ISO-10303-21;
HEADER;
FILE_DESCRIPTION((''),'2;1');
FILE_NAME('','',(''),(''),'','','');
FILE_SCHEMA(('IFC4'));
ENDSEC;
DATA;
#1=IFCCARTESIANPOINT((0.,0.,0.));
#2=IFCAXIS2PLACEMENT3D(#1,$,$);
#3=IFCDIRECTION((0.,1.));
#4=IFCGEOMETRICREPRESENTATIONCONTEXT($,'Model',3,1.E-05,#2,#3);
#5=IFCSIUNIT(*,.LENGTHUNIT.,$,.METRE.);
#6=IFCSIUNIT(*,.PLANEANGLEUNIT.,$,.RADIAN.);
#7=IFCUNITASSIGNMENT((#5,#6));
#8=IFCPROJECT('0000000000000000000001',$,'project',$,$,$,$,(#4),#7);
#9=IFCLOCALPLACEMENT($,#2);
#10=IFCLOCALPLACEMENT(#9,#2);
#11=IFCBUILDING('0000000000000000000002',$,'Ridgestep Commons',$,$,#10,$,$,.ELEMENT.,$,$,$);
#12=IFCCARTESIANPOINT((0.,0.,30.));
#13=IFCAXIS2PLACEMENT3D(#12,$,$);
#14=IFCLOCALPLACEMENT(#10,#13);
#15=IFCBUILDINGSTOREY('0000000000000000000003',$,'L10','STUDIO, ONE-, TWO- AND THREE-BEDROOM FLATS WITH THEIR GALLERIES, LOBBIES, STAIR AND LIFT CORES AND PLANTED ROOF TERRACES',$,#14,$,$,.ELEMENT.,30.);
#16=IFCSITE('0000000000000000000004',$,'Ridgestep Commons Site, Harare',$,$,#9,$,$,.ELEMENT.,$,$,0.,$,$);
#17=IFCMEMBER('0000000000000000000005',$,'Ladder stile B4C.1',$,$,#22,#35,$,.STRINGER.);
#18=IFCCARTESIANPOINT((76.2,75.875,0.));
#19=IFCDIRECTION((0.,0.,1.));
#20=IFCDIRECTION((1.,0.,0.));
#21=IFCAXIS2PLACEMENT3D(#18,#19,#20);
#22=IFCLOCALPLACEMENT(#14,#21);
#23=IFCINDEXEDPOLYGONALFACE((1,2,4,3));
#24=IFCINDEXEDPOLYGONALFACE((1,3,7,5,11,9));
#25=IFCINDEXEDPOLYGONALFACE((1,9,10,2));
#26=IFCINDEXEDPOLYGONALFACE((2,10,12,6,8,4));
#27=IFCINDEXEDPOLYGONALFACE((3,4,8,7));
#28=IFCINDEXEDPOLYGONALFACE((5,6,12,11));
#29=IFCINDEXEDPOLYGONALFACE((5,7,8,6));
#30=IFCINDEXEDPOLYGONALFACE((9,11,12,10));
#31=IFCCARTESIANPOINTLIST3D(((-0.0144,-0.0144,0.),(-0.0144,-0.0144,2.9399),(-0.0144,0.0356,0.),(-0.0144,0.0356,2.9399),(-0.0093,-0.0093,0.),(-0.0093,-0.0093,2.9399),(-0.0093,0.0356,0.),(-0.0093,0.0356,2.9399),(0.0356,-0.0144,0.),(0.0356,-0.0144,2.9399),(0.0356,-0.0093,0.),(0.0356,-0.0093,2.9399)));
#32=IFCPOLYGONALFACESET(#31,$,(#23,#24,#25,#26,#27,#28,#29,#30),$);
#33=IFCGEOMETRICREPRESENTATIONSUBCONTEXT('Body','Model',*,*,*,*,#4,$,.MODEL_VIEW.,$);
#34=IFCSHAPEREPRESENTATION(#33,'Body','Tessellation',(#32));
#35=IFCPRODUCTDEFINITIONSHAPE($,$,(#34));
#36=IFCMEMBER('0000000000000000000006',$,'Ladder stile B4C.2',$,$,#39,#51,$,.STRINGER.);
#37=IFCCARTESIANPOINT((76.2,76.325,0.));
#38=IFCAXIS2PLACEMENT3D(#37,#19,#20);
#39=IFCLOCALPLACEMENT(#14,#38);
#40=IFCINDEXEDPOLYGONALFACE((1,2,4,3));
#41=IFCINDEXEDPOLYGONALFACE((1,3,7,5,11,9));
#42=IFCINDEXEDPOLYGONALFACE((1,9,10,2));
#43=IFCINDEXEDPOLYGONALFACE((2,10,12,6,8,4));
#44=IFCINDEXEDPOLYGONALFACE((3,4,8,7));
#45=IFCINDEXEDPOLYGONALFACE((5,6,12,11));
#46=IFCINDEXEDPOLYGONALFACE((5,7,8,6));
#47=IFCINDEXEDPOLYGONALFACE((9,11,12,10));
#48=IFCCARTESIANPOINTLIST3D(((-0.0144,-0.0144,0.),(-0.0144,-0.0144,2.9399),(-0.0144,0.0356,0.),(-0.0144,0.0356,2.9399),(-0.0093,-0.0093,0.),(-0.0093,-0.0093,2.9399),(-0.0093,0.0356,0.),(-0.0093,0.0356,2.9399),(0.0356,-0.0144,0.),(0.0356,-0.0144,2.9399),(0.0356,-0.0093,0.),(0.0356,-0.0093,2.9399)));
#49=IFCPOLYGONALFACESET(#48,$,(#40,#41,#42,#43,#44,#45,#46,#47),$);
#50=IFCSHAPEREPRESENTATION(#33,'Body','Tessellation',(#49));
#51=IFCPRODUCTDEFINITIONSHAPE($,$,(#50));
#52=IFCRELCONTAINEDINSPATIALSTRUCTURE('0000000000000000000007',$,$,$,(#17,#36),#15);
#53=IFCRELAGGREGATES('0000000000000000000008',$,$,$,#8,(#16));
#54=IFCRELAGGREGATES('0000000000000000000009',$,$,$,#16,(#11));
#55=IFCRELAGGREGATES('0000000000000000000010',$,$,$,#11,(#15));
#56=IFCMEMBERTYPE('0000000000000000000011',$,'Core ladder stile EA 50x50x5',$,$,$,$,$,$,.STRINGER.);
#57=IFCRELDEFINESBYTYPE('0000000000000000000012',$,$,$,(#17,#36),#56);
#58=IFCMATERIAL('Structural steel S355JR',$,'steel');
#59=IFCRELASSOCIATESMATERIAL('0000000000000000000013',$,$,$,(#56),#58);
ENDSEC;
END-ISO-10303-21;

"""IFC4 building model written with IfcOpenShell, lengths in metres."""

from ifc_helpers import new_model, si_unit, direction, frame, origin, place, context, subcontext, project, spatial, polyline, outline, extrude, material, material_profile, profile_set, type_object, element, save


model = new_model("IFC4")

# Units and contexts
model_context = context("Model", 3, precision=1e-05, world=origin(), true_north=direction((0.0, 1.0)))
body_context = subcontext(model_context, "Body", "Model", "MODEL_VIEW")
ifc_project = project(units=[si_unit("LENGTHUNIT", "METRE"), si_unit("PLANEANGLEUNIT", "RADIAN")], contexts=[model_context])

# Site, building, storey
site_placement = place(None, origin())
site = spatial("IfcSite", under=ifc_project, at=site_placement, Name="Ridgestep Commons Site, Harare", CompositionType="ELEMENT", RefElevation=0.0)
building_placement = place(site_placement, origin())
building = spatial("IfcBuilding", under=site, at=building_placement, Name="Ridgestep Commons", CompositionType="ELEMENT")
storey_placement = place(building_placement, frame((0.0, 0.0, 30.0)))
storey = spatial("IfcBuildingStorey", under=building, at=storey_placement, Name="L10", Description="STUDIO, ONE-, TWO- AND THREE-BEDROOM FLATS WITH THEIR GALLERIES, LOBBIES, STAIR AND LIFT CORES AND PLANTED ROOF TERRACES", CompositionType="ELEMENT", Elevation=30.0)

# Members
ifc_material_1 = material(Name="Structural steel S355JR", Category="steel")
ifc_material_profile_1 = material_profile(ifc_material_1, outline(polyline([(-0.0144, -0.0144), (0.0356, -0.0144), (0.0356, -0.0093), (-0.0093, -0.0093), (-0.0093, 0.0356), (-0.0144, 0.0356), (-0.0144, -0.0144)])), Name="EA 50x50x5")
ifc_profile_set_1 = profile_set([ifc_material_profile_1], Name="Structural steel S355JR")
member_type_1 = type_object("IfcMemberType", Name="Core ladder stile EA 50x50x5", PredefinedType="STRINGER", material=ifc_profile_set_1)
for number, where, z_axis, x_axis, name in (
    (1, (76.2, 75.875, 0.0), (0.0, 0.0, 1.0), (1.0, 0.0, 0.0), "Ladder stile B4C.1"),
    (2, (76.2, 76.325, 0.0), (0.0, 0.0, 1.0), (1.0, 0.0, 0.0), "Ladder stile B4C.2"),
):
    element("IfcMember", number, at=place(storey_placement, frame(where, z_axis=z_axis, x_axis=x_axis)), inside=storey, type_object=member_type_1, Name=name, PredefinedType="STRINGER", context=body_context, shape_type="SweptSolid", body=[
        extrude(outline(polyline([(-0.0144, -0.0144), (0.0356, -0.0144), (0.0356, -0.0093), (-0.0093, -0.0093), (-0.0093, 0.0356), (-0.0144, 0.0356), (-0.0144, -0.0144)])), origin(), (0.0, 0.0, 1.0), 2.9399),
    ])

save(model, "model.ifc")
